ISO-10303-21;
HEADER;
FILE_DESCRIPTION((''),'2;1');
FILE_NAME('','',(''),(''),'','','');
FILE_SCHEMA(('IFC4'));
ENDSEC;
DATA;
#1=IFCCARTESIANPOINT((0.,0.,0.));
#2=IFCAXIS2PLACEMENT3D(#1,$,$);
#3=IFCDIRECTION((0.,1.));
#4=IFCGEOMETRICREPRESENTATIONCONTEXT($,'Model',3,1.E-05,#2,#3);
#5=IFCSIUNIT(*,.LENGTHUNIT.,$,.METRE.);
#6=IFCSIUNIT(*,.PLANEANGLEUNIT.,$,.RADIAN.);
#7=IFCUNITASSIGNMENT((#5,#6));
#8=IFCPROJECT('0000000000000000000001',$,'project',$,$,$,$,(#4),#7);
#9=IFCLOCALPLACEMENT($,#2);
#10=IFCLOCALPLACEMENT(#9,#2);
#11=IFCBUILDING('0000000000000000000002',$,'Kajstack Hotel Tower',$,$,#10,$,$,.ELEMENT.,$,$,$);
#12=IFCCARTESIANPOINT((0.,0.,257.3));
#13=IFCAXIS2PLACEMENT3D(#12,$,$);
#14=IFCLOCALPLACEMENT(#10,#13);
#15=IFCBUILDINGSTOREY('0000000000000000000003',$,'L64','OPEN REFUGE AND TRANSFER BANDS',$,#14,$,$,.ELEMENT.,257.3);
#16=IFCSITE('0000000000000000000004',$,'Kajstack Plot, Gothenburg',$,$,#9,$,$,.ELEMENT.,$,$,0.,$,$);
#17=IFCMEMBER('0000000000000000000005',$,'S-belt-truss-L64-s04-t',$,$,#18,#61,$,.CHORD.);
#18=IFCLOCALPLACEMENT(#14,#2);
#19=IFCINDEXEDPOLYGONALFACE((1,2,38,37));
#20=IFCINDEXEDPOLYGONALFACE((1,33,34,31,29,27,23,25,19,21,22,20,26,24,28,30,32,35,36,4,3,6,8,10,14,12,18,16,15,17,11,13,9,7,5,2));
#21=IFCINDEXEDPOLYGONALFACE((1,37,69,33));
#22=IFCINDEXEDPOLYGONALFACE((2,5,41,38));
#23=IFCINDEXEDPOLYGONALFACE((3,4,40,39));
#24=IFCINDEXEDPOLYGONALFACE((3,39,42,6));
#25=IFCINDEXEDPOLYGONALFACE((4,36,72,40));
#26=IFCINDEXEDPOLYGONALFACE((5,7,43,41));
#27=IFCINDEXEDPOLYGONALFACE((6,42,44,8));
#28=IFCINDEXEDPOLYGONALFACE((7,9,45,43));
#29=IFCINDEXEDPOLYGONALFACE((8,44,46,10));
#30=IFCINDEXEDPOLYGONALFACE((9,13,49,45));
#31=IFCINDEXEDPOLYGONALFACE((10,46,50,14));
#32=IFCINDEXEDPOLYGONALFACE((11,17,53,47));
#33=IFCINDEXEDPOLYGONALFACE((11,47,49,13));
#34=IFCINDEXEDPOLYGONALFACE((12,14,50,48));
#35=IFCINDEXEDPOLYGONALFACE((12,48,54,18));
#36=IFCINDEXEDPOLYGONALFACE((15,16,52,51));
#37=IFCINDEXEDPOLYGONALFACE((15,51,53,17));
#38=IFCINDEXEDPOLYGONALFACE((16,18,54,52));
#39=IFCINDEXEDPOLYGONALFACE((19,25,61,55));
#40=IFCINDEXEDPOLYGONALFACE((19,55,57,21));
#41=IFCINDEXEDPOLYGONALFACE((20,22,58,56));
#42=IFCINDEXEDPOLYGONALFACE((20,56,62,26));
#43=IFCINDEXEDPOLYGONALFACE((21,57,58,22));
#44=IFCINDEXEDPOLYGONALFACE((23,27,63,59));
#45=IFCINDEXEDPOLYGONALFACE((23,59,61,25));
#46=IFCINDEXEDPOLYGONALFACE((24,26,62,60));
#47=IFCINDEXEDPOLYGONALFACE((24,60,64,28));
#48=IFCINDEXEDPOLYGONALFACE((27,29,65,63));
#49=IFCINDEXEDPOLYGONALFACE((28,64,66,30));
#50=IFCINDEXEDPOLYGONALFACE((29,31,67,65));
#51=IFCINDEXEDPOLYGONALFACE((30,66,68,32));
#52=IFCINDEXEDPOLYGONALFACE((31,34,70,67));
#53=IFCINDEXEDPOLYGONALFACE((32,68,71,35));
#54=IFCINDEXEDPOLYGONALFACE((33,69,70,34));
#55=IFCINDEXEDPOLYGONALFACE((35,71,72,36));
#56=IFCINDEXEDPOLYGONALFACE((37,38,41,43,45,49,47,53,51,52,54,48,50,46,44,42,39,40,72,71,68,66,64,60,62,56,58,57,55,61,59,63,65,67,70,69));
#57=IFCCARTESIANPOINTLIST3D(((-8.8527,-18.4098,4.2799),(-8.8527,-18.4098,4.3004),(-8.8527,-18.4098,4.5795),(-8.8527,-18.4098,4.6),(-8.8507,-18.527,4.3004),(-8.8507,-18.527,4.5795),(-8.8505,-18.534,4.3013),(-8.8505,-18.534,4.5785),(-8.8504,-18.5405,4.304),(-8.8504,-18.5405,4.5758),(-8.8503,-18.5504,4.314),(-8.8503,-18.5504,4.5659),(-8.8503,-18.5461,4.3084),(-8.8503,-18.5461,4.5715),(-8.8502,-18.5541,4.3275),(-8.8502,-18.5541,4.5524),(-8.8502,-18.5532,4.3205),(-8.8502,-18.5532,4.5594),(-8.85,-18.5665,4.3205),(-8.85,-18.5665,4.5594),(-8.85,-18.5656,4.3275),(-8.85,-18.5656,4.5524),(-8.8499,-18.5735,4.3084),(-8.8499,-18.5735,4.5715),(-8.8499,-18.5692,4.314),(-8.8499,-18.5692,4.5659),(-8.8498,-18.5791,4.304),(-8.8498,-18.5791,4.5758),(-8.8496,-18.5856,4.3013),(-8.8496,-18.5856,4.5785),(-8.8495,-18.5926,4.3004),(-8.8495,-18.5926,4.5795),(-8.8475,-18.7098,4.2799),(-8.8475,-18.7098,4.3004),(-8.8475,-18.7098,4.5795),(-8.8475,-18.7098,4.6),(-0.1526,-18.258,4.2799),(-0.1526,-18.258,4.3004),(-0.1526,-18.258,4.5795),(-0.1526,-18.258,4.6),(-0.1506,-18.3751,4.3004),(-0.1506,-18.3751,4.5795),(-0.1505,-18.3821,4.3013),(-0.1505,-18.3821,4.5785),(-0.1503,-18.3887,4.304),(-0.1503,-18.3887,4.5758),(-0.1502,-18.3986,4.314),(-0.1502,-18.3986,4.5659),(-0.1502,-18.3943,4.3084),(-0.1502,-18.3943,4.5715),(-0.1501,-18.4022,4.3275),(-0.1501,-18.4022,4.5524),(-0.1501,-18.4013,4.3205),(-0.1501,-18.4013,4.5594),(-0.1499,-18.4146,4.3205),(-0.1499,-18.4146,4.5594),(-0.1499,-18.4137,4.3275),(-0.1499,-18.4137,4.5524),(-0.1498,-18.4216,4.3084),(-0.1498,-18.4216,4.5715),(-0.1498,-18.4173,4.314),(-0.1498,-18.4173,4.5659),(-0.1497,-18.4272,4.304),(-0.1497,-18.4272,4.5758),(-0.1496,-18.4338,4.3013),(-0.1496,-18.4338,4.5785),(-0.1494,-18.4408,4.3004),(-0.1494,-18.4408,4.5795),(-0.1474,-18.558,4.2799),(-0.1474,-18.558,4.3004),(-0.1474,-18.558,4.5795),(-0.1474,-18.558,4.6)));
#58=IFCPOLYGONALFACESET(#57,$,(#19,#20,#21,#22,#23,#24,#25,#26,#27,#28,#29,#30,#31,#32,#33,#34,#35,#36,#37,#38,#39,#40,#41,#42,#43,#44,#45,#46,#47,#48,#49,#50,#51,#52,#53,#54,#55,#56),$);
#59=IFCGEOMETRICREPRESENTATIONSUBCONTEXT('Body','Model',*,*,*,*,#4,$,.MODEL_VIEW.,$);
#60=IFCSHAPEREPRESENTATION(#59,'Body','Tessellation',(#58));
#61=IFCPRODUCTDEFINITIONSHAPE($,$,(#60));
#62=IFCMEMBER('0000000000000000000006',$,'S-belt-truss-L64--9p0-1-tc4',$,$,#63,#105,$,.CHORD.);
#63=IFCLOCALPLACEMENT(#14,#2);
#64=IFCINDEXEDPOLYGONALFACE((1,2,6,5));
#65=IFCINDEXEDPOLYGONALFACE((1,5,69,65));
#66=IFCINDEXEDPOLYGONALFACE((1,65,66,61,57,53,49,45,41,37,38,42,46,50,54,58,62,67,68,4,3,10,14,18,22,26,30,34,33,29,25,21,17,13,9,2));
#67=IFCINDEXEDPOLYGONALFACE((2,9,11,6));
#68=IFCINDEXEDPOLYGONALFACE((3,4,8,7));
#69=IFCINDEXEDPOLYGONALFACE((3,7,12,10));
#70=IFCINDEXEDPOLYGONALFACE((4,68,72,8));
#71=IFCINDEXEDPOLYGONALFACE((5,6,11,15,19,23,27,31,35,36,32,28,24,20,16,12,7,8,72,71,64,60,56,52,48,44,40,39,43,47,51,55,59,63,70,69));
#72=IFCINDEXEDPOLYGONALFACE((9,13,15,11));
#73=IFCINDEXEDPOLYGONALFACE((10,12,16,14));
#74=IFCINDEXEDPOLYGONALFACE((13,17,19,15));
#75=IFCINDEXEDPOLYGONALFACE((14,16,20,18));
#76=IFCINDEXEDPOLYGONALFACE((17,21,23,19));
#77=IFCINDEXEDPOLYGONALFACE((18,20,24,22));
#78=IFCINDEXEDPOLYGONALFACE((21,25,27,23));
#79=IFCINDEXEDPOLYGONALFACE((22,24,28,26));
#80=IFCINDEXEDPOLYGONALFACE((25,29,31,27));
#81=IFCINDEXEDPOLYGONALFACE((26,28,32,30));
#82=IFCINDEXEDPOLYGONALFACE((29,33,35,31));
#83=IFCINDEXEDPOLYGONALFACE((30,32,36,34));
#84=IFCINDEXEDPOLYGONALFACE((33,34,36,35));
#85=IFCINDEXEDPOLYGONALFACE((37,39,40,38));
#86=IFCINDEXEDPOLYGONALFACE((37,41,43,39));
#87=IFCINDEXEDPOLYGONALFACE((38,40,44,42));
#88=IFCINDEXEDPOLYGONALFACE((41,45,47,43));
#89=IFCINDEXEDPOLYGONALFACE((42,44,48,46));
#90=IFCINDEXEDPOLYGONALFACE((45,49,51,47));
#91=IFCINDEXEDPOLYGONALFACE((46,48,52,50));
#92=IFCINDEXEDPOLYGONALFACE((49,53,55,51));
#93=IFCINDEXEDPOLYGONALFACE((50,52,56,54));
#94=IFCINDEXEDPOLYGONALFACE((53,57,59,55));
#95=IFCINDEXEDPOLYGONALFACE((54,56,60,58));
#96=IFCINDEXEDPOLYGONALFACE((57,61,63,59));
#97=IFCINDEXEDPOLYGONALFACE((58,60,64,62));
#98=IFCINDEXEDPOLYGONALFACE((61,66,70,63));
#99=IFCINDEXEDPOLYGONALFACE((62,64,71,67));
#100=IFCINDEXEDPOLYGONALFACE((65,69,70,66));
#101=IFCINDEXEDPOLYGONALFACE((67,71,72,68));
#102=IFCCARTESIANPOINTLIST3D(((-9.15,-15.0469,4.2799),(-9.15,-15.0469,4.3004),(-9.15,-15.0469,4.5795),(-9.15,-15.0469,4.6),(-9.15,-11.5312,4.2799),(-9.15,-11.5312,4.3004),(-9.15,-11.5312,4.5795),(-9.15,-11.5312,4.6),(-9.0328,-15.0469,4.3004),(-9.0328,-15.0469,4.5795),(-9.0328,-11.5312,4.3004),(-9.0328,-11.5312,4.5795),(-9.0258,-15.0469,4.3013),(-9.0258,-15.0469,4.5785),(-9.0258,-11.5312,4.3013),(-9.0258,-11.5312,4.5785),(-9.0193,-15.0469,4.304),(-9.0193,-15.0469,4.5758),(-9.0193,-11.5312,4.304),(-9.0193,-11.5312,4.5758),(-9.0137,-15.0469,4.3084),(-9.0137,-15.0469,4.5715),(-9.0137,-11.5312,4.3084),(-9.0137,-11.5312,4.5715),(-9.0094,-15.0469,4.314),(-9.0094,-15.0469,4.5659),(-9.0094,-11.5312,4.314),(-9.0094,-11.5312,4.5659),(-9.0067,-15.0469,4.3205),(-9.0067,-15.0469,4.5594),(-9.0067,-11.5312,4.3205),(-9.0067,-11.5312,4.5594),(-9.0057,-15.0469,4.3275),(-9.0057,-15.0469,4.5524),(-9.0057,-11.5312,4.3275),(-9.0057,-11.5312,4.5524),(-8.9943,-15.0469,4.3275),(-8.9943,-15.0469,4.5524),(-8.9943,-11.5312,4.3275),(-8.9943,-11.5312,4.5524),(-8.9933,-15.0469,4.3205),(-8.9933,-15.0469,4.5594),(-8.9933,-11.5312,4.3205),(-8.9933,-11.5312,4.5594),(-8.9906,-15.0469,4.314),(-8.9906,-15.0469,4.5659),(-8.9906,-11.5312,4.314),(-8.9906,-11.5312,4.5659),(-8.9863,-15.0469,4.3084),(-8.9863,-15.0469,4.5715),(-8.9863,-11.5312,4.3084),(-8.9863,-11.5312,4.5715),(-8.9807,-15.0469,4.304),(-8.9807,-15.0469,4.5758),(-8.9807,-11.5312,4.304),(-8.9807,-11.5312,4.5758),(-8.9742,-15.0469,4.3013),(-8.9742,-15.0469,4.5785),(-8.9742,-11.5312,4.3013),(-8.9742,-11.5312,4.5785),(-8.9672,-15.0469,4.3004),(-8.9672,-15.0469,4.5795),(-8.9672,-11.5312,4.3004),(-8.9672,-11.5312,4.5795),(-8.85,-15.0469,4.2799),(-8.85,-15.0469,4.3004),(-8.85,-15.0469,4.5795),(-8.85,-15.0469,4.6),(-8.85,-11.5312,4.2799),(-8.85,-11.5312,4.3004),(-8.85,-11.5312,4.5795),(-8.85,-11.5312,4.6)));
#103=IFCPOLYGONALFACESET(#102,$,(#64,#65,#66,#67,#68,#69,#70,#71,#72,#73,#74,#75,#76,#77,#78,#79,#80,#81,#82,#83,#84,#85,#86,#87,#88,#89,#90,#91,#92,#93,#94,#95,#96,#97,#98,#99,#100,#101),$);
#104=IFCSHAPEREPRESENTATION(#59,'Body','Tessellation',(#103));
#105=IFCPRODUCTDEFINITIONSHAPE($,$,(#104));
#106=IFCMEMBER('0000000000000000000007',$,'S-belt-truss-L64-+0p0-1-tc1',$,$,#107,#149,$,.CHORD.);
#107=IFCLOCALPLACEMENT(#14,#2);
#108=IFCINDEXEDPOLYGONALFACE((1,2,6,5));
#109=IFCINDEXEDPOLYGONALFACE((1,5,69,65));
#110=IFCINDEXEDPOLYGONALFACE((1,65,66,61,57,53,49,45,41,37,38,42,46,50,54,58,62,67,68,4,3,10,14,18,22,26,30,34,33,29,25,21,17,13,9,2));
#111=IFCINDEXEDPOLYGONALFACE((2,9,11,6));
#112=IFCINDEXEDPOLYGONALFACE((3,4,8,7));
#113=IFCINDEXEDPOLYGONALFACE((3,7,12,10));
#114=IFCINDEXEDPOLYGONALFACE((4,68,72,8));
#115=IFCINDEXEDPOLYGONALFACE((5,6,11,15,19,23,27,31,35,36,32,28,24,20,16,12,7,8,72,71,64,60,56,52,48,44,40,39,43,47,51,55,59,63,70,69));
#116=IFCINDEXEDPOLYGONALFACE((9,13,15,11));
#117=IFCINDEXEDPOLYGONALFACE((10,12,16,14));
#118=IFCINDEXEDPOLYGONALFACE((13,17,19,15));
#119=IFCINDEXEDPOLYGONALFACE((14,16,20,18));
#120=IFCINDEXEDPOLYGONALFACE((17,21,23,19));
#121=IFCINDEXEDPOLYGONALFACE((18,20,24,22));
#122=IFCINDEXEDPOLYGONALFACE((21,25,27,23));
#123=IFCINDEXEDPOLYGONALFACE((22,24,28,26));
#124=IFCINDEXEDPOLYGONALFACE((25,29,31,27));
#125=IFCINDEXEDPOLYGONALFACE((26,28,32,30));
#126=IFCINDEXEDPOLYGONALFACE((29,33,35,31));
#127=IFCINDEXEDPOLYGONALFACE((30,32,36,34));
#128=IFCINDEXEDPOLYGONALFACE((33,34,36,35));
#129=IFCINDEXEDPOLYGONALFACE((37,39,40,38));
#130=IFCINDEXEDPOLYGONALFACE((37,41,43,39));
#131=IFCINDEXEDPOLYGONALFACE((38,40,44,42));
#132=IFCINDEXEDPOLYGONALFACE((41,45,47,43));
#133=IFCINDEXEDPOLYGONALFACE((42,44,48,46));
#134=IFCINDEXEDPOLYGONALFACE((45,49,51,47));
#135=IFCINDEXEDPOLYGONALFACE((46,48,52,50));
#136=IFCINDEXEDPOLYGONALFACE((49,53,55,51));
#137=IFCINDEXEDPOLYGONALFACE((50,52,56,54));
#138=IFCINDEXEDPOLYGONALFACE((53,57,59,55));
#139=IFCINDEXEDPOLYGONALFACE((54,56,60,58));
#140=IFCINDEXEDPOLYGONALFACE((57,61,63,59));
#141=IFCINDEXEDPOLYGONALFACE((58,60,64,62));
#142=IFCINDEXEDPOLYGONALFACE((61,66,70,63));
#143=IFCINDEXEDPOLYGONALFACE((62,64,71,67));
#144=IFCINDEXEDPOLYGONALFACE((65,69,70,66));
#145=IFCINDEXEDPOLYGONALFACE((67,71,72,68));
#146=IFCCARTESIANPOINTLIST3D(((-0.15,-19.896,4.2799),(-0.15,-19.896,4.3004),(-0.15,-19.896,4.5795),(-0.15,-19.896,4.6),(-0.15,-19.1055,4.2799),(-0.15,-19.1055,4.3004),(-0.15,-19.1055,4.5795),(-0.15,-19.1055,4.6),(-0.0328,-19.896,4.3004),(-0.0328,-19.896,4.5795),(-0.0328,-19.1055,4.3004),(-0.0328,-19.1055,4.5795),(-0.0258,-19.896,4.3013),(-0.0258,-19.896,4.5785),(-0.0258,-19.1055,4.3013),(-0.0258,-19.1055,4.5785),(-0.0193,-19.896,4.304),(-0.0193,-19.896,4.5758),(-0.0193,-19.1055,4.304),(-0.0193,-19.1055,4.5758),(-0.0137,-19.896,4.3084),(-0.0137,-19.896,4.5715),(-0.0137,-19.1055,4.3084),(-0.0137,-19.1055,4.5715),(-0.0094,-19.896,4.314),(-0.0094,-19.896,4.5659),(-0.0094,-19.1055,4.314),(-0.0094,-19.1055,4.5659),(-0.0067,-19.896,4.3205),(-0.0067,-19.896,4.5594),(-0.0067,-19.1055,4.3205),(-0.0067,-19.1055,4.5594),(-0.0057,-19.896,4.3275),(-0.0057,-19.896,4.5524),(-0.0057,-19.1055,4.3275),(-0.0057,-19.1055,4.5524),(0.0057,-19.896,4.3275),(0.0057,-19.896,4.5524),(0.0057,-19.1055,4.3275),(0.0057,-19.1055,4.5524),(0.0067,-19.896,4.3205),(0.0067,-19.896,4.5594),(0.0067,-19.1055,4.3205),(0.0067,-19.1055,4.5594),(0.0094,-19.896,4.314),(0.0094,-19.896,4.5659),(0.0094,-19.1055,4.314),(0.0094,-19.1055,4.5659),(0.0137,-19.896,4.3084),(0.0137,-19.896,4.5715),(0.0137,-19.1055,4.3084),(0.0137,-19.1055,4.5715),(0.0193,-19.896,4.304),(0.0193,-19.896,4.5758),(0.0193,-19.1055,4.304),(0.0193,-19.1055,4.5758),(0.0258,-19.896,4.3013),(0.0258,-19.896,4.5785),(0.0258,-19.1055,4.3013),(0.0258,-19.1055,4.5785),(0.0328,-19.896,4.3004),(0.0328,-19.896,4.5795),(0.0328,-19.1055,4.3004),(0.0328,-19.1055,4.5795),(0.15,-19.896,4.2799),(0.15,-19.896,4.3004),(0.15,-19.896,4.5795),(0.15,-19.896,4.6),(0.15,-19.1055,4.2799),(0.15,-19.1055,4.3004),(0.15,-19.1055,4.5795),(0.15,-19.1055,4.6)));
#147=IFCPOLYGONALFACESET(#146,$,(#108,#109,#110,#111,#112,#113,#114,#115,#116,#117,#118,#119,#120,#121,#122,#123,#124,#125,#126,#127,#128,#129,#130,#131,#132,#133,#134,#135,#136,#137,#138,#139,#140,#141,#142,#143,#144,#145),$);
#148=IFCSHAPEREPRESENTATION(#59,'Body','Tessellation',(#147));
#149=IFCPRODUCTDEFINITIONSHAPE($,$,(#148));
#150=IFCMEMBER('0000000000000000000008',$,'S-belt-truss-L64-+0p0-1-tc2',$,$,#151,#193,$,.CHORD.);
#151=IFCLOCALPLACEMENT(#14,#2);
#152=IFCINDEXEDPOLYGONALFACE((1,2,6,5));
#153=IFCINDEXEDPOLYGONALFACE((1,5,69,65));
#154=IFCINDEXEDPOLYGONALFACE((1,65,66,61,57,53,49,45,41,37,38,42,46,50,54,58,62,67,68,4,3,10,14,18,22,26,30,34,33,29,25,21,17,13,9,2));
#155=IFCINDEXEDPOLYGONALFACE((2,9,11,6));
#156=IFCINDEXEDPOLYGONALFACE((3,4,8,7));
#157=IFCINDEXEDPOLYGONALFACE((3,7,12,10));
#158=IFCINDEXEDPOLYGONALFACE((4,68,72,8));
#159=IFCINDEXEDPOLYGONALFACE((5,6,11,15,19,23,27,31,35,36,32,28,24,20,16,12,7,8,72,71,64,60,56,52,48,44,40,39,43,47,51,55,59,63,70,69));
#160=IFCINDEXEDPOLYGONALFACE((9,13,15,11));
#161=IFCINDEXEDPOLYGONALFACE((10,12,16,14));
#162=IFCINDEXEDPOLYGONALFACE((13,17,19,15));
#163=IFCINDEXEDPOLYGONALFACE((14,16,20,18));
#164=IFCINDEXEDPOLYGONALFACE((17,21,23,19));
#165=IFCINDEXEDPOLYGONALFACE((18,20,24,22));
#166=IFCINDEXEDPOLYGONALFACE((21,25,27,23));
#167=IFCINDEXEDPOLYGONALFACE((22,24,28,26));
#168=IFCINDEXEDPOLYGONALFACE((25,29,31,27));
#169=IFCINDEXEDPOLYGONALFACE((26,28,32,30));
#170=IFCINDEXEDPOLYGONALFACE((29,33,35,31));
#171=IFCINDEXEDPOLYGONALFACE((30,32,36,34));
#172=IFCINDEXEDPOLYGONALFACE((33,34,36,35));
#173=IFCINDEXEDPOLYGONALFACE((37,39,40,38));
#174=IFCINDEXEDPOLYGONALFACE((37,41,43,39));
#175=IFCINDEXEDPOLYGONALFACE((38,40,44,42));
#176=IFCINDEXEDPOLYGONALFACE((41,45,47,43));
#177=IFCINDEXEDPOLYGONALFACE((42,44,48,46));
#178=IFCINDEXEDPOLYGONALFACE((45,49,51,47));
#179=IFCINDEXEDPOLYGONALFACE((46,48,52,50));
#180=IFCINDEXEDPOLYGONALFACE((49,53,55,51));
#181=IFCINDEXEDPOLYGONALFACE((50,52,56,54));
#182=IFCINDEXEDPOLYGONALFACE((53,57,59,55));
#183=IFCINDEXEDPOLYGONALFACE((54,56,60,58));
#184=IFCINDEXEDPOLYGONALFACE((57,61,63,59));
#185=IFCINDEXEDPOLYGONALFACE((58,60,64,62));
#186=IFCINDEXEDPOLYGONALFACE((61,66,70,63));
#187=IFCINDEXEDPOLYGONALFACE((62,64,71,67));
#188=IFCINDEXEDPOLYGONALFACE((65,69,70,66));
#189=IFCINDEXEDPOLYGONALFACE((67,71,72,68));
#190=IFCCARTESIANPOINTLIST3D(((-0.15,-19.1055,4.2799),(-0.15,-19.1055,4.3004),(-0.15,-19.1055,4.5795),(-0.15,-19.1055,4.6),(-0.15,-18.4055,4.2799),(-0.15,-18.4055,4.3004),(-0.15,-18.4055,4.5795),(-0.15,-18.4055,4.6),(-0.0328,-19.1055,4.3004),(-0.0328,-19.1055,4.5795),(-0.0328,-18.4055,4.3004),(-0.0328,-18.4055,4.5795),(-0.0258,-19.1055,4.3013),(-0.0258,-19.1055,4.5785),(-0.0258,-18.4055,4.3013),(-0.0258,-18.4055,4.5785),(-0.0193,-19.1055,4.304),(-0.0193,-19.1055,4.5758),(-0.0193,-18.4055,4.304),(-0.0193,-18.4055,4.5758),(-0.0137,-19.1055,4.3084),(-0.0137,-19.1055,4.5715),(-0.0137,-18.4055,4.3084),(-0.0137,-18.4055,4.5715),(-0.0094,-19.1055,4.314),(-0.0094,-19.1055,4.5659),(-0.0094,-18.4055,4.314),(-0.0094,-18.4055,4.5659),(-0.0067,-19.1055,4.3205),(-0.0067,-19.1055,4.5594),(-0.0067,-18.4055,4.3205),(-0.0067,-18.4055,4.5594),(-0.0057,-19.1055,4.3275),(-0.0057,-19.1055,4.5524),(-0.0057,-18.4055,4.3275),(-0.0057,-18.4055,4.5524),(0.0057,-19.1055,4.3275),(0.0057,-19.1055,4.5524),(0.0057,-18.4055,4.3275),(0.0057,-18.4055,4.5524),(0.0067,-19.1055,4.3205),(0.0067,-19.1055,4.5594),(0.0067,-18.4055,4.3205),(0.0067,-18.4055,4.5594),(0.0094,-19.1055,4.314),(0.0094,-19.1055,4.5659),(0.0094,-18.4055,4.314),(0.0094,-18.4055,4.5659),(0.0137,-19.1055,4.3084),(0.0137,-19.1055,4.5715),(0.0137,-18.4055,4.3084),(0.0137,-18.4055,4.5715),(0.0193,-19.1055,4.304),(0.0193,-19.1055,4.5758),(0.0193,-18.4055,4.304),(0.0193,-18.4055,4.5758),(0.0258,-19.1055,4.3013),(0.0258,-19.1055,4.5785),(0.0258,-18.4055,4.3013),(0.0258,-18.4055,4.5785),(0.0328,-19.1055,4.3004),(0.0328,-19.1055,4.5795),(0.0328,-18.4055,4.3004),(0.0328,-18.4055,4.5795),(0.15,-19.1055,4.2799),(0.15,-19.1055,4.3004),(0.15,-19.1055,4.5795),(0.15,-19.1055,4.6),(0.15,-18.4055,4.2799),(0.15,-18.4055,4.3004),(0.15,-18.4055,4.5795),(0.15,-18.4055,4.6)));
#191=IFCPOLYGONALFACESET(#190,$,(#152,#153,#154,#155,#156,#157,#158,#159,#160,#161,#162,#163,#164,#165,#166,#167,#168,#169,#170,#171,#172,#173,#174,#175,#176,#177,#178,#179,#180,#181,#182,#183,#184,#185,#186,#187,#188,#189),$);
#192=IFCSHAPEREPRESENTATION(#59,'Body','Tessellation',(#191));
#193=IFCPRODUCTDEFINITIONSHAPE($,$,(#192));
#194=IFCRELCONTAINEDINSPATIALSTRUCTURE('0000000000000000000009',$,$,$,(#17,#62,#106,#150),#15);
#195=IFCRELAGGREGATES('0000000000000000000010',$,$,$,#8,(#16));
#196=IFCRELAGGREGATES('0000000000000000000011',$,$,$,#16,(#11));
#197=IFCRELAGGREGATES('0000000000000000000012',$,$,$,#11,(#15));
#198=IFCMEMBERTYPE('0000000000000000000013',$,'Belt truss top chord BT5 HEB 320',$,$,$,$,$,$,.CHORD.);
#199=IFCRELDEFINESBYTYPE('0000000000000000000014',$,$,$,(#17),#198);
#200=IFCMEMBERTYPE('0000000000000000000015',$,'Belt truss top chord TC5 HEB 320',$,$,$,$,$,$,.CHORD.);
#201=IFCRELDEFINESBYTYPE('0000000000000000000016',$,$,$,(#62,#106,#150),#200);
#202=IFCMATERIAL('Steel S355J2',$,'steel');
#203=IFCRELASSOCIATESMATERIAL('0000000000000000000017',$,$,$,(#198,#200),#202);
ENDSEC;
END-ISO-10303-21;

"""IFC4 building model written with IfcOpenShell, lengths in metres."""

from ifc_helpers import new_model, si_unit, direction, frame, origin, origin_2d, place, context, subcontext, project, spatial, i_section, extrude, material, material_profile, profile_set, type_object, element, save


model = new_model("IFC4")

# Units and contexts
model_context = context("Model", 3, precision=1e-05, world=origin(), true_north=direction((0.0, 1.0)))
body_context = subcontext(model_context, "Body", "Model", "MODEL_VIEW")
ifc_project = project(units=[si_unit("LENGTHUNIT", "METRE"), si_unit("PLANEANGLEUNIT", "RADIAN")], contexts=[model_context])

# Site, building, storey
site_placement = place(None, origin())
site = spatial("IfcSite", under=ifc_project, at=site_placement, Name="Kajstack Plot, Gothenburg", CompositionType="ELEMENT", RefElevation=0.0)
building_placement = place(site_placement, origin())
building = spatial("IfcBuilding", under=site, at=building_placement, Name="Kajstack Hotel Tower", CompositionType="ELEMENT")
storey_placement = place(building_placement, frame((0.0, 0.0, 257.3)))
storey = spatial("IfcBuildingStorey", under=building, at=storey_placement, Name="L64", Description="OPEN REFUGE AND TRANSFER BANDS", CompositionType="ELEMENT", Elevation=257.3)

# Members
ifc_material = material(Name="Steel S355J2", Category="steel")
ifc_material_profile_1 = material_profile(ifc_material, i_section(OverallWidth=0.3, OverallDepth=0.3201, WebThickness=0.0115, FlangeThickness=0.0205, FilletRadius=0.0271, at=origin_2d()), Name="HEB 320")
ifc_profile_set_1 = profile_set([ifc_material_profile_1], Name="Steel S355J2")
member_type_1 = type_object("IfcMemberType", Name="Belt truss top chord BT5 HEB 320", PredefinedType="CHORD", material=ifc_profile_set_1)
member_1_placement = place(storey_placement, frame((-8.8501, -18.5598, 4.4399), z_axis=(0.999848, 0.017452, 0.0), x_axis=(-0.017452, 0.999848, 0.0)))
element("IfcMember", 1, at=member_1_placement, inside=storey, type_object=member_type_1, Name="S-belt-truss-L64-s04-t", PredefinedType="CHORD", context=body_context, shape_type="SweptSolid", body=[
    extrude(i_section(OverallWidth=0.3, OverallDepth=0.3201, WebThickness=0.0115, FlangeThickness=0.0205, FilletRadius=0.0271, at=origin_2d()), origin(), (0.0, 0.0, 1.0), 8.7014),
])
ifc_material_profile_2 = material_profile(ifc_material, i_section(OverallWidth=0.3, OverallDepth=0.3201, WebThickness=0.0115, FlangeThickness=0.0205, FilletRadius=0.0271, at=origin_2d()), Name="HEB 320")
ifc_profile_set_2 = profile_set([ifc_material_profile_2], Name="Steel S355J2")
member_type_2 = type_object("IfcMemberType", Name="Belt truss top chord TC5 HEB 320", PredefinedType="CHORD", material=ifc_profile_set_2)
member_2_placement = place(storey_placement, frame((-9.0, -15.0469, 4.4399), z_axis=(0.0, 1.0, 0.0), x_axis=(-1.0, 0.0, 0.0)))
element("IfcMember", 2, at=member_2_placement, inside=storey, type_object=member_type_2, Name="S-belt-truss-L64--9p0-1-tc4", PredefinedType="CHORD", context=body_context, shape_type="SweptSolid", body=[
    extrude(i_section(OverallWidth=0.3, OverallDepth=0.3201, WebThickness=0.0115, FlangeThickness=0.0205, FilletRadius=0.0271, at=origin_2d()), origin(), (0.0, 0.0, 1.0), 3.5156),
])
member_3_placement = place(storey_placement, frame((0.0, -19.896, 4.4399), z_axis=(0.0, 1.0, 0.0), x_axis=(-1.0, 0.0, 0.0)))
element("IfcMember", 3, at=member_3_placement, inside=storey, type_object=member_type_2, Name="S-belt-truss-L64-+0p0-1-tc1", PredefinedType="CHORD", context=body_context, shape_type="SweptSolid", body=[
    extrude(i_section(OverallWidth=0.3, OverallDepth=0.3201, WebThickness=0.0115, FlangeThickness=0.0205, FilletRadius=0.0271, at=origin_2d()), origin(), (0.0, 0.0, 1.0), 0.7905),
])
member_4_placement = place(storey_placement, frame((0.0, -19.1055, 4.4399), z_axis=(0.0, 1.0, 0.0), x_axis=(-1.0, 0.0, 0.0)))
element("IfcMember", 4, at=member_4_placement, inside=storey, type_object=member_type_2, Name="S-belt-truss-L64-+0p0-1-tc2", PredefinedType="CHORD", context=body_context, shape_type="SweptSolid", body=[
    extrude(i_section(OverallWidth=0.3, OverallDepth=0.3201, WebThickness=0.0115, FlangeThickness=0.0205, FilletRadius=0.0271, at=origin_2d()), origin(), (0.0, 0.0, 1.0), 0.7),
])

save(model, "model.ifc")
